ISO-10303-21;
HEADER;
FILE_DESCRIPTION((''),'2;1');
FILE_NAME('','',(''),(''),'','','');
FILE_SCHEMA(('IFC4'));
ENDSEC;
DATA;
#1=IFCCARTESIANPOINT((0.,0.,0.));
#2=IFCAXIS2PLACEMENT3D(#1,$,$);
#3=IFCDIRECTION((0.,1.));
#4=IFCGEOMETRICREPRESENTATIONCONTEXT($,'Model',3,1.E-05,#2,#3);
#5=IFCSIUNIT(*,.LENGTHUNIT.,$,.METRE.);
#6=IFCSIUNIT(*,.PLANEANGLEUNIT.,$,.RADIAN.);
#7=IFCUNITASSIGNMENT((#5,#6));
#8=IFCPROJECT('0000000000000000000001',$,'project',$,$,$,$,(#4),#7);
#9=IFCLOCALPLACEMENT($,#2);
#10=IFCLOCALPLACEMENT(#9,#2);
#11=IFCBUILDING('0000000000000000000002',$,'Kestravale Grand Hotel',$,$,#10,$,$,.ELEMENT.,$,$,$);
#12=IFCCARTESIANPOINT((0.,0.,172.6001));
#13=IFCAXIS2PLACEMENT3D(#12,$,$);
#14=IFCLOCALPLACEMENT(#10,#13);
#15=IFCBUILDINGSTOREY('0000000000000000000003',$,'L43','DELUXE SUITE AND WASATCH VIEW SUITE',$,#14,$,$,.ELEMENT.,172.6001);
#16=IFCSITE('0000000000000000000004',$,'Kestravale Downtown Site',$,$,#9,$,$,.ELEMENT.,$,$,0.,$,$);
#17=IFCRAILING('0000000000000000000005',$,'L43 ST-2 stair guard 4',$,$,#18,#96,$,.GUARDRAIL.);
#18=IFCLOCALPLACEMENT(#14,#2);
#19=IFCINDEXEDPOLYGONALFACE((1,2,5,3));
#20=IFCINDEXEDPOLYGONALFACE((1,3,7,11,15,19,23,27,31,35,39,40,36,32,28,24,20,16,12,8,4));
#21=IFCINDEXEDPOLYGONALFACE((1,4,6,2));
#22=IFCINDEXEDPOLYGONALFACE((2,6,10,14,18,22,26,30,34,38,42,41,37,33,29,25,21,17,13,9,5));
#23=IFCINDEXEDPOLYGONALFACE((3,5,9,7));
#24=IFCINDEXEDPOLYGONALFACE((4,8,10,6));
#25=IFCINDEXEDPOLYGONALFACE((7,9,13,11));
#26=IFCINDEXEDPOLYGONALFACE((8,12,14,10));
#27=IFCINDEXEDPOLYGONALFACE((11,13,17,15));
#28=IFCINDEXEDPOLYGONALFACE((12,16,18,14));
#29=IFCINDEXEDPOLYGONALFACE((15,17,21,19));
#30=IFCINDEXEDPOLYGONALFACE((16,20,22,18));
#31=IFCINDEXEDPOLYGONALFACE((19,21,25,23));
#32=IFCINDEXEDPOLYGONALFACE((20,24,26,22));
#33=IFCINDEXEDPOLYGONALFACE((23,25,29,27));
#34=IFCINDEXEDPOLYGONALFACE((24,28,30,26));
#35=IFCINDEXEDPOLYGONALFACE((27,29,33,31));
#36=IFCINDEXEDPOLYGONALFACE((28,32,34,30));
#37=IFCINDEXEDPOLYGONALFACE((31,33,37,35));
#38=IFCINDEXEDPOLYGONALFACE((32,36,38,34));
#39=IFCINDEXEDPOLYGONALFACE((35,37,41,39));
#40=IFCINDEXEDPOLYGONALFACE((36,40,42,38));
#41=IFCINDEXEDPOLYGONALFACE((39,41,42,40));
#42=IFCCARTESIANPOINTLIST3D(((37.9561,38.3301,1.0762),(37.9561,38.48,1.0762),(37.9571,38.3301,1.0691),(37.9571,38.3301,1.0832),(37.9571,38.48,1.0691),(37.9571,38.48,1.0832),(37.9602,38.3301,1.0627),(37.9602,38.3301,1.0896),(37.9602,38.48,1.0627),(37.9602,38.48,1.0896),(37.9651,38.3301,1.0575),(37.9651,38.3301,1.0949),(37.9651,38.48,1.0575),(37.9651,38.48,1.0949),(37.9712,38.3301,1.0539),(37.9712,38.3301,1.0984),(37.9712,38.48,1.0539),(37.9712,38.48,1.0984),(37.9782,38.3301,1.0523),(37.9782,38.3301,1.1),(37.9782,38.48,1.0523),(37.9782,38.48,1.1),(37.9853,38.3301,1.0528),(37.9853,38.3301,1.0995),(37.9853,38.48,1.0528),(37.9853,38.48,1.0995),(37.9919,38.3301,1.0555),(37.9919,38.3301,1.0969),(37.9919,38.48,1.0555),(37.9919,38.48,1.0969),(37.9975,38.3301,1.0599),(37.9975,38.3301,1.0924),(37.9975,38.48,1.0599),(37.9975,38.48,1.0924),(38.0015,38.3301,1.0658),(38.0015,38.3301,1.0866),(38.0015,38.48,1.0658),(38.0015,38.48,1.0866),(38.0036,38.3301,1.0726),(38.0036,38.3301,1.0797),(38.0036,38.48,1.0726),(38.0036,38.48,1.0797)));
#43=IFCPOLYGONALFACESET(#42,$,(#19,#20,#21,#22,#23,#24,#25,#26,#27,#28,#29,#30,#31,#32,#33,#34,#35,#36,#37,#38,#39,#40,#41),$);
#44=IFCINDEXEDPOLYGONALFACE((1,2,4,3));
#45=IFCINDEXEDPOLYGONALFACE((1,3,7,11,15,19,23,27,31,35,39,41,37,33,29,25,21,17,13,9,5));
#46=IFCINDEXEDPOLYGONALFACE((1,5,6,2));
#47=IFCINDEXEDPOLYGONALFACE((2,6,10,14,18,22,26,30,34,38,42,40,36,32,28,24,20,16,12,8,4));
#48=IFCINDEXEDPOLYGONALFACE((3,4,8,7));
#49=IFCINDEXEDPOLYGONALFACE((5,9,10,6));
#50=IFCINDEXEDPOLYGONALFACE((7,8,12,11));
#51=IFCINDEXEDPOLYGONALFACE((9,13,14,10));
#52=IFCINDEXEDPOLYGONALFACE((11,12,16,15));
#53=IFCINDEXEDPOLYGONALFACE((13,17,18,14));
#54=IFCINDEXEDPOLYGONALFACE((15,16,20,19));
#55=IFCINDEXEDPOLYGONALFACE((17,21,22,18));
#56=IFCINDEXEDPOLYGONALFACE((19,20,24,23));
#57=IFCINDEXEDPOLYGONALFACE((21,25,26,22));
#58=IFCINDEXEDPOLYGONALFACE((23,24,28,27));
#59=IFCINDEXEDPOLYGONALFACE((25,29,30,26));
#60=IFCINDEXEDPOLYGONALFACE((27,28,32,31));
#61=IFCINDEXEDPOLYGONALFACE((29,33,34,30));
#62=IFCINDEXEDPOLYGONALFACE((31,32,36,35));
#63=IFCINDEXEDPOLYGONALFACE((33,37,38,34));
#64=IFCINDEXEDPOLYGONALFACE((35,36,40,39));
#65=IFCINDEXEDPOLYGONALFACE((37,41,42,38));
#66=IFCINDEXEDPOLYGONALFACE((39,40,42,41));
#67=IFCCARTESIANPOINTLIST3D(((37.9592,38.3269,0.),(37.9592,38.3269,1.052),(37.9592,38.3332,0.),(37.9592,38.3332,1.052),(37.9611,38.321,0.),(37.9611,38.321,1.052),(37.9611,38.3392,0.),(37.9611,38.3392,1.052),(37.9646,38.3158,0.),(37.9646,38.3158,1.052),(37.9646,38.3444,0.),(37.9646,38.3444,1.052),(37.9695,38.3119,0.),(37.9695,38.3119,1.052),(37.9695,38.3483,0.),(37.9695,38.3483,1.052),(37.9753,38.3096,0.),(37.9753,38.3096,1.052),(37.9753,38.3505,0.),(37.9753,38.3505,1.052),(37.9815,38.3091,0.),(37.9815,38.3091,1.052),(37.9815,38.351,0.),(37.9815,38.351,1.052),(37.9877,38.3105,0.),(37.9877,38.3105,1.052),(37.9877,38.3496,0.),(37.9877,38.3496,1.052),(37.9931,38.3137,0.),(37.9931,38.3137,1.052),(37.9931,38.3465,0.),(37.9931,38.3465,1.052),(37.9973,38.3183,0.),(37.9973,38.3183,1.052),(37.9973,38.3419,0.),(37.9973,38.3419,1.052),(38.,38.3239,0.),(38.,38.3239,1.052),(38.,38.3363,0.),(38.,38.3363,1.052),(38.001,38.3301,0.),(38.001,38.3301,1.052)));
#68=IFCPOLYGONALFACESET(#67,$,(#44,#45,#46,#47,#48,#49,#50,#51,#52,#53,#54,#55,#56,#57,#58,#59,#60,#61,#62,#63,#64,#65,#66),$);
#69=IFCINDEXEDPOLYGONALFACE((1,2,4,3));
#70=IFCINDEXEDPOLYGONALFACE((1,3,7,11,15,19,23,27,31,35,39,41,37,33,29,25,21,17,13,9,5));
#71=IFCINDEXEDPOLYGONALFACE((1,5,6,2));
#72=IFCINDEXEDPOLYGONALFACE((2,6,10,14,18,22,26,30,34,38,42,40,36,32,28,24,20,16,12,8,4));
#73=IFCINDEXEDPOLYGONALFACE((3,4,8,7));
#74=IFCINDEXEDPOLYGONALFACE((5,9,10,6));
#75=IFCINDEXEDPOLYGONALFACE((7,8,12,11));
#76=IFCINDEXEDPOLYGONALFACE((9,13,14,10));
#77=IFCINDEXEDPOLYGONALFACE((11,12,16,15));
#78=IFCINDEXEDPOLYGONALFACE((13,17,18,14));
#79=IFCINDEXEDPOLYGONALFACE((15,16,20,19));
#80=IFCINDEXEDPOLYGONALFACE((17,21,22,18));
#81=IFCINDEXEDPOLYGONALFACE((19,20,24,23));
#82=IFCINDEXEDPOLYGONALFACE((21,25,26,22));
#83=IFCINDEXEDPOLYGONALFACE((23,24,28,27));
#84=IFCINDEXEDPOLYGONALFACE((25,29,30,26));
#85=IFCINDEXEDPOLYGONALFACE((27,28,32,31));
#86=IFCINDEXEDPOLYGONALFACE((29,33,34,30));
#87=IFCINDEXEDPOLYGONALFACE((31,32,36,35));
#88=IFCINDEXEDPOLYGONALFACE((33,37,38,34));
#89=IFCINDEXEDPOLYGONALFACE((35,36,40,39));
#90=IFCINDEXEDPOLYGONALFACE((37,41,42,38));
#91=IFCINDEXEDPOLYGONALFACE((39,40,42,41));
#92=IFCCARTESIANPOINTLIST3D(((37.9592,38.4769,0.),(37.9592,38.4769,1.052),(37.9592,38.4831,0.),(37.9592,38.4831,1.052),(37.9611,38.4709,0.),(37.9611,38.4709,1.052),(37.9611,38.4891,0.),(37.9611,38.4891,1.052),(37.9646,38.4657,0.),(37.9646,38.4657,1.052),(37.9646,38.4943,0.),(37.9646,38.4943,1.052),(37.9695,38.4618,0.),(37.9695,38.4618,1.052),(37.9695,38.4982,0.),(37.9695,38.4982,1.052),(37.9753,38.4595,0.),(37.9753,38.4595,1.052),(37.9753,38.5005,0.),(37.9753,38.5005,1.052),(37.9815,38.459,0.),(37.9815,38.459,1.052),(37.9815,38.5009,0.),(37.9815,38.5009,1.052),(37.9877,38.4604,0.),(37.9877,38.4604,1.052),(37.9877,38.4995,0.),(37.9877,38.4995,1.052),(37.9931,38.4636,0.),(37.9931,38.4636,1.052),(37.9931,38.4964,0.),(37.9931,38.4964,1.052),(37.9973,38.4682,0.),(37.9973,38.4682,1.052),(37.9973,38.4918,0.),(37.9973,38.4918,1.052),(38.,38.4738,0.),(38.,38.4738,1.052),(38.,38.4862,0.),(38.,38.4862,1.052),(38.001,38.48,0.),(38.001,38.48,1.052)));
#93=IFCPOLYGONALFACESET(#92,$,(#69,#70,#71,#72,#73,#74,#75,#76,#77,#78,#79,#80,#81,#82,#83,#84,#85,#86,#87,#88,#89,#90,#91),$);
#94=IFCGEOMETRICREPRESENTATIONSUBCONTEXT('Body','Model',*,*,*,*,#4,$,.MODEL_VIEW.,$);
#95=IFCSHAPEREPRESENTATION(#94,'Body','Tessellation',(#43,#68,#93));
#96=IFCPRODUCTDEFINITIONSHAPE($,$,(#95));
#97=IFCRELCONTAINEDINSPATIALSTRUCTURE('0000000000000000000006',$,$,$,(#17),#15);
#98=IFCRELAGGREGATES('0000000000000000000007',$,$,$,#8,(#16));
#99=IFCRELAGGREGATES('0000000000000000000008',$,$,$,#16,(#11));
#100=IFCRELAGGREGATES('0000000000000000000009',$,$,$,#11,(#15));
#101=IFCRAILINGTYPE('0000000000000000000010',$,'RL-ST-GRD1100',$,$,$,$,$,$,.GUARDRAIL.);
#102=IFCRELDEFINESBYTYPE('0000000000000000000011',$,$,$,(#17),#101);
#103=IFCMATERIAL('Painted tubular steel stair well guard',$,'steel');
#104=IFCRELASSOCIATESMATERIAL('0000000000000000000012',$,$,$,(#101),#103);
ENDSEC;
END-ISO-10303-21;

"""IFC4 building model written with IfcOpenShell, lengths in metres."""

from ifc_helpers import new_model, si_unit, direction, frame, origin, origin_2d, place, context, subcontext, project, spatial, circle, extrude, material, type_object, element, save


model = new_model("IFC4")

# Units and contexts
model_context = context("Model", 3, precision=1e-05, world=origin(), true_north=direction((0.0, 1.0)))
body_context = subcontext(model_context, "Body", "Model", "MODEL_VIEW")
ifc_project = project(units=[si_unit("LENGTHUNIT", "METRE"), si_unit("PLANEANGLEUNIT", "RADIAN")], contexts=[model_context])

# Site, building, storey
site_placement = place(None, origin())
site = spatial("IfcSite", under=ifc_project, at=site_placement, Name="Kestravale Downtown Site", CompositionType="ELEMENT", RefElevation=0.0)
building_placement = place(site_placement, origin())
building = spatial("IfcBuilding", under=site, at=building_placement, Name="Kestravale Grand Hotel", CompositionType="ELEMENT")
storey_placement = place(building_placement, frame((0.0, 0.0, 172.6001)))
storey = spatial("IfcBuildingStorey", under=building, at=storey_placement, Name="L43", Description="DELUXE SUITE AND WASATCH VIEW SUITE", CompositionType="ELEMENT", Elevation=172.6001)

# Railing
ifc_material_1 = material(Name="Painted tubular steel stair well guard", Category="steel")
railing_type_1 = type_object("IfcRailingType", Name="RL-ST-GRD1100", PredefinedType="GUARDRAIL", material=ifc_material_1)
railing_1_placement = place(storey_placement, frame((37.98, 38.3301, 0.0)))
element("IfcRailing", 1, at=railing_1_placement, inside=storey, type_object=railing_type_1, Name="L43 ST-2 stair guard 4", PredefinedType="GUARDRAIL", context=body_context, shape_type="SweptSolid", body=[
    extrude(circle(Radius=0.0239, at=origin_2d()), frame((0.0, 0.0, 1.0762), z_axis=(0.0, 1.0, 0.0), x_axis=(-1.0, 0.0, 0.0)), (0.0, 0.0, 1.0), 0.1499),
    extrude(circle(Radius=0.021, at=origin_2d()), origin(), (0.0, 0.0, 1.0), 1.052),
    extrude(circle(Radius=0.021, at=origin_2d()), frame((0.0, 0.1499, 0.0)), (0.0, 0.0, 1.0), 1.052),
])

save(model, "model.ifc")
